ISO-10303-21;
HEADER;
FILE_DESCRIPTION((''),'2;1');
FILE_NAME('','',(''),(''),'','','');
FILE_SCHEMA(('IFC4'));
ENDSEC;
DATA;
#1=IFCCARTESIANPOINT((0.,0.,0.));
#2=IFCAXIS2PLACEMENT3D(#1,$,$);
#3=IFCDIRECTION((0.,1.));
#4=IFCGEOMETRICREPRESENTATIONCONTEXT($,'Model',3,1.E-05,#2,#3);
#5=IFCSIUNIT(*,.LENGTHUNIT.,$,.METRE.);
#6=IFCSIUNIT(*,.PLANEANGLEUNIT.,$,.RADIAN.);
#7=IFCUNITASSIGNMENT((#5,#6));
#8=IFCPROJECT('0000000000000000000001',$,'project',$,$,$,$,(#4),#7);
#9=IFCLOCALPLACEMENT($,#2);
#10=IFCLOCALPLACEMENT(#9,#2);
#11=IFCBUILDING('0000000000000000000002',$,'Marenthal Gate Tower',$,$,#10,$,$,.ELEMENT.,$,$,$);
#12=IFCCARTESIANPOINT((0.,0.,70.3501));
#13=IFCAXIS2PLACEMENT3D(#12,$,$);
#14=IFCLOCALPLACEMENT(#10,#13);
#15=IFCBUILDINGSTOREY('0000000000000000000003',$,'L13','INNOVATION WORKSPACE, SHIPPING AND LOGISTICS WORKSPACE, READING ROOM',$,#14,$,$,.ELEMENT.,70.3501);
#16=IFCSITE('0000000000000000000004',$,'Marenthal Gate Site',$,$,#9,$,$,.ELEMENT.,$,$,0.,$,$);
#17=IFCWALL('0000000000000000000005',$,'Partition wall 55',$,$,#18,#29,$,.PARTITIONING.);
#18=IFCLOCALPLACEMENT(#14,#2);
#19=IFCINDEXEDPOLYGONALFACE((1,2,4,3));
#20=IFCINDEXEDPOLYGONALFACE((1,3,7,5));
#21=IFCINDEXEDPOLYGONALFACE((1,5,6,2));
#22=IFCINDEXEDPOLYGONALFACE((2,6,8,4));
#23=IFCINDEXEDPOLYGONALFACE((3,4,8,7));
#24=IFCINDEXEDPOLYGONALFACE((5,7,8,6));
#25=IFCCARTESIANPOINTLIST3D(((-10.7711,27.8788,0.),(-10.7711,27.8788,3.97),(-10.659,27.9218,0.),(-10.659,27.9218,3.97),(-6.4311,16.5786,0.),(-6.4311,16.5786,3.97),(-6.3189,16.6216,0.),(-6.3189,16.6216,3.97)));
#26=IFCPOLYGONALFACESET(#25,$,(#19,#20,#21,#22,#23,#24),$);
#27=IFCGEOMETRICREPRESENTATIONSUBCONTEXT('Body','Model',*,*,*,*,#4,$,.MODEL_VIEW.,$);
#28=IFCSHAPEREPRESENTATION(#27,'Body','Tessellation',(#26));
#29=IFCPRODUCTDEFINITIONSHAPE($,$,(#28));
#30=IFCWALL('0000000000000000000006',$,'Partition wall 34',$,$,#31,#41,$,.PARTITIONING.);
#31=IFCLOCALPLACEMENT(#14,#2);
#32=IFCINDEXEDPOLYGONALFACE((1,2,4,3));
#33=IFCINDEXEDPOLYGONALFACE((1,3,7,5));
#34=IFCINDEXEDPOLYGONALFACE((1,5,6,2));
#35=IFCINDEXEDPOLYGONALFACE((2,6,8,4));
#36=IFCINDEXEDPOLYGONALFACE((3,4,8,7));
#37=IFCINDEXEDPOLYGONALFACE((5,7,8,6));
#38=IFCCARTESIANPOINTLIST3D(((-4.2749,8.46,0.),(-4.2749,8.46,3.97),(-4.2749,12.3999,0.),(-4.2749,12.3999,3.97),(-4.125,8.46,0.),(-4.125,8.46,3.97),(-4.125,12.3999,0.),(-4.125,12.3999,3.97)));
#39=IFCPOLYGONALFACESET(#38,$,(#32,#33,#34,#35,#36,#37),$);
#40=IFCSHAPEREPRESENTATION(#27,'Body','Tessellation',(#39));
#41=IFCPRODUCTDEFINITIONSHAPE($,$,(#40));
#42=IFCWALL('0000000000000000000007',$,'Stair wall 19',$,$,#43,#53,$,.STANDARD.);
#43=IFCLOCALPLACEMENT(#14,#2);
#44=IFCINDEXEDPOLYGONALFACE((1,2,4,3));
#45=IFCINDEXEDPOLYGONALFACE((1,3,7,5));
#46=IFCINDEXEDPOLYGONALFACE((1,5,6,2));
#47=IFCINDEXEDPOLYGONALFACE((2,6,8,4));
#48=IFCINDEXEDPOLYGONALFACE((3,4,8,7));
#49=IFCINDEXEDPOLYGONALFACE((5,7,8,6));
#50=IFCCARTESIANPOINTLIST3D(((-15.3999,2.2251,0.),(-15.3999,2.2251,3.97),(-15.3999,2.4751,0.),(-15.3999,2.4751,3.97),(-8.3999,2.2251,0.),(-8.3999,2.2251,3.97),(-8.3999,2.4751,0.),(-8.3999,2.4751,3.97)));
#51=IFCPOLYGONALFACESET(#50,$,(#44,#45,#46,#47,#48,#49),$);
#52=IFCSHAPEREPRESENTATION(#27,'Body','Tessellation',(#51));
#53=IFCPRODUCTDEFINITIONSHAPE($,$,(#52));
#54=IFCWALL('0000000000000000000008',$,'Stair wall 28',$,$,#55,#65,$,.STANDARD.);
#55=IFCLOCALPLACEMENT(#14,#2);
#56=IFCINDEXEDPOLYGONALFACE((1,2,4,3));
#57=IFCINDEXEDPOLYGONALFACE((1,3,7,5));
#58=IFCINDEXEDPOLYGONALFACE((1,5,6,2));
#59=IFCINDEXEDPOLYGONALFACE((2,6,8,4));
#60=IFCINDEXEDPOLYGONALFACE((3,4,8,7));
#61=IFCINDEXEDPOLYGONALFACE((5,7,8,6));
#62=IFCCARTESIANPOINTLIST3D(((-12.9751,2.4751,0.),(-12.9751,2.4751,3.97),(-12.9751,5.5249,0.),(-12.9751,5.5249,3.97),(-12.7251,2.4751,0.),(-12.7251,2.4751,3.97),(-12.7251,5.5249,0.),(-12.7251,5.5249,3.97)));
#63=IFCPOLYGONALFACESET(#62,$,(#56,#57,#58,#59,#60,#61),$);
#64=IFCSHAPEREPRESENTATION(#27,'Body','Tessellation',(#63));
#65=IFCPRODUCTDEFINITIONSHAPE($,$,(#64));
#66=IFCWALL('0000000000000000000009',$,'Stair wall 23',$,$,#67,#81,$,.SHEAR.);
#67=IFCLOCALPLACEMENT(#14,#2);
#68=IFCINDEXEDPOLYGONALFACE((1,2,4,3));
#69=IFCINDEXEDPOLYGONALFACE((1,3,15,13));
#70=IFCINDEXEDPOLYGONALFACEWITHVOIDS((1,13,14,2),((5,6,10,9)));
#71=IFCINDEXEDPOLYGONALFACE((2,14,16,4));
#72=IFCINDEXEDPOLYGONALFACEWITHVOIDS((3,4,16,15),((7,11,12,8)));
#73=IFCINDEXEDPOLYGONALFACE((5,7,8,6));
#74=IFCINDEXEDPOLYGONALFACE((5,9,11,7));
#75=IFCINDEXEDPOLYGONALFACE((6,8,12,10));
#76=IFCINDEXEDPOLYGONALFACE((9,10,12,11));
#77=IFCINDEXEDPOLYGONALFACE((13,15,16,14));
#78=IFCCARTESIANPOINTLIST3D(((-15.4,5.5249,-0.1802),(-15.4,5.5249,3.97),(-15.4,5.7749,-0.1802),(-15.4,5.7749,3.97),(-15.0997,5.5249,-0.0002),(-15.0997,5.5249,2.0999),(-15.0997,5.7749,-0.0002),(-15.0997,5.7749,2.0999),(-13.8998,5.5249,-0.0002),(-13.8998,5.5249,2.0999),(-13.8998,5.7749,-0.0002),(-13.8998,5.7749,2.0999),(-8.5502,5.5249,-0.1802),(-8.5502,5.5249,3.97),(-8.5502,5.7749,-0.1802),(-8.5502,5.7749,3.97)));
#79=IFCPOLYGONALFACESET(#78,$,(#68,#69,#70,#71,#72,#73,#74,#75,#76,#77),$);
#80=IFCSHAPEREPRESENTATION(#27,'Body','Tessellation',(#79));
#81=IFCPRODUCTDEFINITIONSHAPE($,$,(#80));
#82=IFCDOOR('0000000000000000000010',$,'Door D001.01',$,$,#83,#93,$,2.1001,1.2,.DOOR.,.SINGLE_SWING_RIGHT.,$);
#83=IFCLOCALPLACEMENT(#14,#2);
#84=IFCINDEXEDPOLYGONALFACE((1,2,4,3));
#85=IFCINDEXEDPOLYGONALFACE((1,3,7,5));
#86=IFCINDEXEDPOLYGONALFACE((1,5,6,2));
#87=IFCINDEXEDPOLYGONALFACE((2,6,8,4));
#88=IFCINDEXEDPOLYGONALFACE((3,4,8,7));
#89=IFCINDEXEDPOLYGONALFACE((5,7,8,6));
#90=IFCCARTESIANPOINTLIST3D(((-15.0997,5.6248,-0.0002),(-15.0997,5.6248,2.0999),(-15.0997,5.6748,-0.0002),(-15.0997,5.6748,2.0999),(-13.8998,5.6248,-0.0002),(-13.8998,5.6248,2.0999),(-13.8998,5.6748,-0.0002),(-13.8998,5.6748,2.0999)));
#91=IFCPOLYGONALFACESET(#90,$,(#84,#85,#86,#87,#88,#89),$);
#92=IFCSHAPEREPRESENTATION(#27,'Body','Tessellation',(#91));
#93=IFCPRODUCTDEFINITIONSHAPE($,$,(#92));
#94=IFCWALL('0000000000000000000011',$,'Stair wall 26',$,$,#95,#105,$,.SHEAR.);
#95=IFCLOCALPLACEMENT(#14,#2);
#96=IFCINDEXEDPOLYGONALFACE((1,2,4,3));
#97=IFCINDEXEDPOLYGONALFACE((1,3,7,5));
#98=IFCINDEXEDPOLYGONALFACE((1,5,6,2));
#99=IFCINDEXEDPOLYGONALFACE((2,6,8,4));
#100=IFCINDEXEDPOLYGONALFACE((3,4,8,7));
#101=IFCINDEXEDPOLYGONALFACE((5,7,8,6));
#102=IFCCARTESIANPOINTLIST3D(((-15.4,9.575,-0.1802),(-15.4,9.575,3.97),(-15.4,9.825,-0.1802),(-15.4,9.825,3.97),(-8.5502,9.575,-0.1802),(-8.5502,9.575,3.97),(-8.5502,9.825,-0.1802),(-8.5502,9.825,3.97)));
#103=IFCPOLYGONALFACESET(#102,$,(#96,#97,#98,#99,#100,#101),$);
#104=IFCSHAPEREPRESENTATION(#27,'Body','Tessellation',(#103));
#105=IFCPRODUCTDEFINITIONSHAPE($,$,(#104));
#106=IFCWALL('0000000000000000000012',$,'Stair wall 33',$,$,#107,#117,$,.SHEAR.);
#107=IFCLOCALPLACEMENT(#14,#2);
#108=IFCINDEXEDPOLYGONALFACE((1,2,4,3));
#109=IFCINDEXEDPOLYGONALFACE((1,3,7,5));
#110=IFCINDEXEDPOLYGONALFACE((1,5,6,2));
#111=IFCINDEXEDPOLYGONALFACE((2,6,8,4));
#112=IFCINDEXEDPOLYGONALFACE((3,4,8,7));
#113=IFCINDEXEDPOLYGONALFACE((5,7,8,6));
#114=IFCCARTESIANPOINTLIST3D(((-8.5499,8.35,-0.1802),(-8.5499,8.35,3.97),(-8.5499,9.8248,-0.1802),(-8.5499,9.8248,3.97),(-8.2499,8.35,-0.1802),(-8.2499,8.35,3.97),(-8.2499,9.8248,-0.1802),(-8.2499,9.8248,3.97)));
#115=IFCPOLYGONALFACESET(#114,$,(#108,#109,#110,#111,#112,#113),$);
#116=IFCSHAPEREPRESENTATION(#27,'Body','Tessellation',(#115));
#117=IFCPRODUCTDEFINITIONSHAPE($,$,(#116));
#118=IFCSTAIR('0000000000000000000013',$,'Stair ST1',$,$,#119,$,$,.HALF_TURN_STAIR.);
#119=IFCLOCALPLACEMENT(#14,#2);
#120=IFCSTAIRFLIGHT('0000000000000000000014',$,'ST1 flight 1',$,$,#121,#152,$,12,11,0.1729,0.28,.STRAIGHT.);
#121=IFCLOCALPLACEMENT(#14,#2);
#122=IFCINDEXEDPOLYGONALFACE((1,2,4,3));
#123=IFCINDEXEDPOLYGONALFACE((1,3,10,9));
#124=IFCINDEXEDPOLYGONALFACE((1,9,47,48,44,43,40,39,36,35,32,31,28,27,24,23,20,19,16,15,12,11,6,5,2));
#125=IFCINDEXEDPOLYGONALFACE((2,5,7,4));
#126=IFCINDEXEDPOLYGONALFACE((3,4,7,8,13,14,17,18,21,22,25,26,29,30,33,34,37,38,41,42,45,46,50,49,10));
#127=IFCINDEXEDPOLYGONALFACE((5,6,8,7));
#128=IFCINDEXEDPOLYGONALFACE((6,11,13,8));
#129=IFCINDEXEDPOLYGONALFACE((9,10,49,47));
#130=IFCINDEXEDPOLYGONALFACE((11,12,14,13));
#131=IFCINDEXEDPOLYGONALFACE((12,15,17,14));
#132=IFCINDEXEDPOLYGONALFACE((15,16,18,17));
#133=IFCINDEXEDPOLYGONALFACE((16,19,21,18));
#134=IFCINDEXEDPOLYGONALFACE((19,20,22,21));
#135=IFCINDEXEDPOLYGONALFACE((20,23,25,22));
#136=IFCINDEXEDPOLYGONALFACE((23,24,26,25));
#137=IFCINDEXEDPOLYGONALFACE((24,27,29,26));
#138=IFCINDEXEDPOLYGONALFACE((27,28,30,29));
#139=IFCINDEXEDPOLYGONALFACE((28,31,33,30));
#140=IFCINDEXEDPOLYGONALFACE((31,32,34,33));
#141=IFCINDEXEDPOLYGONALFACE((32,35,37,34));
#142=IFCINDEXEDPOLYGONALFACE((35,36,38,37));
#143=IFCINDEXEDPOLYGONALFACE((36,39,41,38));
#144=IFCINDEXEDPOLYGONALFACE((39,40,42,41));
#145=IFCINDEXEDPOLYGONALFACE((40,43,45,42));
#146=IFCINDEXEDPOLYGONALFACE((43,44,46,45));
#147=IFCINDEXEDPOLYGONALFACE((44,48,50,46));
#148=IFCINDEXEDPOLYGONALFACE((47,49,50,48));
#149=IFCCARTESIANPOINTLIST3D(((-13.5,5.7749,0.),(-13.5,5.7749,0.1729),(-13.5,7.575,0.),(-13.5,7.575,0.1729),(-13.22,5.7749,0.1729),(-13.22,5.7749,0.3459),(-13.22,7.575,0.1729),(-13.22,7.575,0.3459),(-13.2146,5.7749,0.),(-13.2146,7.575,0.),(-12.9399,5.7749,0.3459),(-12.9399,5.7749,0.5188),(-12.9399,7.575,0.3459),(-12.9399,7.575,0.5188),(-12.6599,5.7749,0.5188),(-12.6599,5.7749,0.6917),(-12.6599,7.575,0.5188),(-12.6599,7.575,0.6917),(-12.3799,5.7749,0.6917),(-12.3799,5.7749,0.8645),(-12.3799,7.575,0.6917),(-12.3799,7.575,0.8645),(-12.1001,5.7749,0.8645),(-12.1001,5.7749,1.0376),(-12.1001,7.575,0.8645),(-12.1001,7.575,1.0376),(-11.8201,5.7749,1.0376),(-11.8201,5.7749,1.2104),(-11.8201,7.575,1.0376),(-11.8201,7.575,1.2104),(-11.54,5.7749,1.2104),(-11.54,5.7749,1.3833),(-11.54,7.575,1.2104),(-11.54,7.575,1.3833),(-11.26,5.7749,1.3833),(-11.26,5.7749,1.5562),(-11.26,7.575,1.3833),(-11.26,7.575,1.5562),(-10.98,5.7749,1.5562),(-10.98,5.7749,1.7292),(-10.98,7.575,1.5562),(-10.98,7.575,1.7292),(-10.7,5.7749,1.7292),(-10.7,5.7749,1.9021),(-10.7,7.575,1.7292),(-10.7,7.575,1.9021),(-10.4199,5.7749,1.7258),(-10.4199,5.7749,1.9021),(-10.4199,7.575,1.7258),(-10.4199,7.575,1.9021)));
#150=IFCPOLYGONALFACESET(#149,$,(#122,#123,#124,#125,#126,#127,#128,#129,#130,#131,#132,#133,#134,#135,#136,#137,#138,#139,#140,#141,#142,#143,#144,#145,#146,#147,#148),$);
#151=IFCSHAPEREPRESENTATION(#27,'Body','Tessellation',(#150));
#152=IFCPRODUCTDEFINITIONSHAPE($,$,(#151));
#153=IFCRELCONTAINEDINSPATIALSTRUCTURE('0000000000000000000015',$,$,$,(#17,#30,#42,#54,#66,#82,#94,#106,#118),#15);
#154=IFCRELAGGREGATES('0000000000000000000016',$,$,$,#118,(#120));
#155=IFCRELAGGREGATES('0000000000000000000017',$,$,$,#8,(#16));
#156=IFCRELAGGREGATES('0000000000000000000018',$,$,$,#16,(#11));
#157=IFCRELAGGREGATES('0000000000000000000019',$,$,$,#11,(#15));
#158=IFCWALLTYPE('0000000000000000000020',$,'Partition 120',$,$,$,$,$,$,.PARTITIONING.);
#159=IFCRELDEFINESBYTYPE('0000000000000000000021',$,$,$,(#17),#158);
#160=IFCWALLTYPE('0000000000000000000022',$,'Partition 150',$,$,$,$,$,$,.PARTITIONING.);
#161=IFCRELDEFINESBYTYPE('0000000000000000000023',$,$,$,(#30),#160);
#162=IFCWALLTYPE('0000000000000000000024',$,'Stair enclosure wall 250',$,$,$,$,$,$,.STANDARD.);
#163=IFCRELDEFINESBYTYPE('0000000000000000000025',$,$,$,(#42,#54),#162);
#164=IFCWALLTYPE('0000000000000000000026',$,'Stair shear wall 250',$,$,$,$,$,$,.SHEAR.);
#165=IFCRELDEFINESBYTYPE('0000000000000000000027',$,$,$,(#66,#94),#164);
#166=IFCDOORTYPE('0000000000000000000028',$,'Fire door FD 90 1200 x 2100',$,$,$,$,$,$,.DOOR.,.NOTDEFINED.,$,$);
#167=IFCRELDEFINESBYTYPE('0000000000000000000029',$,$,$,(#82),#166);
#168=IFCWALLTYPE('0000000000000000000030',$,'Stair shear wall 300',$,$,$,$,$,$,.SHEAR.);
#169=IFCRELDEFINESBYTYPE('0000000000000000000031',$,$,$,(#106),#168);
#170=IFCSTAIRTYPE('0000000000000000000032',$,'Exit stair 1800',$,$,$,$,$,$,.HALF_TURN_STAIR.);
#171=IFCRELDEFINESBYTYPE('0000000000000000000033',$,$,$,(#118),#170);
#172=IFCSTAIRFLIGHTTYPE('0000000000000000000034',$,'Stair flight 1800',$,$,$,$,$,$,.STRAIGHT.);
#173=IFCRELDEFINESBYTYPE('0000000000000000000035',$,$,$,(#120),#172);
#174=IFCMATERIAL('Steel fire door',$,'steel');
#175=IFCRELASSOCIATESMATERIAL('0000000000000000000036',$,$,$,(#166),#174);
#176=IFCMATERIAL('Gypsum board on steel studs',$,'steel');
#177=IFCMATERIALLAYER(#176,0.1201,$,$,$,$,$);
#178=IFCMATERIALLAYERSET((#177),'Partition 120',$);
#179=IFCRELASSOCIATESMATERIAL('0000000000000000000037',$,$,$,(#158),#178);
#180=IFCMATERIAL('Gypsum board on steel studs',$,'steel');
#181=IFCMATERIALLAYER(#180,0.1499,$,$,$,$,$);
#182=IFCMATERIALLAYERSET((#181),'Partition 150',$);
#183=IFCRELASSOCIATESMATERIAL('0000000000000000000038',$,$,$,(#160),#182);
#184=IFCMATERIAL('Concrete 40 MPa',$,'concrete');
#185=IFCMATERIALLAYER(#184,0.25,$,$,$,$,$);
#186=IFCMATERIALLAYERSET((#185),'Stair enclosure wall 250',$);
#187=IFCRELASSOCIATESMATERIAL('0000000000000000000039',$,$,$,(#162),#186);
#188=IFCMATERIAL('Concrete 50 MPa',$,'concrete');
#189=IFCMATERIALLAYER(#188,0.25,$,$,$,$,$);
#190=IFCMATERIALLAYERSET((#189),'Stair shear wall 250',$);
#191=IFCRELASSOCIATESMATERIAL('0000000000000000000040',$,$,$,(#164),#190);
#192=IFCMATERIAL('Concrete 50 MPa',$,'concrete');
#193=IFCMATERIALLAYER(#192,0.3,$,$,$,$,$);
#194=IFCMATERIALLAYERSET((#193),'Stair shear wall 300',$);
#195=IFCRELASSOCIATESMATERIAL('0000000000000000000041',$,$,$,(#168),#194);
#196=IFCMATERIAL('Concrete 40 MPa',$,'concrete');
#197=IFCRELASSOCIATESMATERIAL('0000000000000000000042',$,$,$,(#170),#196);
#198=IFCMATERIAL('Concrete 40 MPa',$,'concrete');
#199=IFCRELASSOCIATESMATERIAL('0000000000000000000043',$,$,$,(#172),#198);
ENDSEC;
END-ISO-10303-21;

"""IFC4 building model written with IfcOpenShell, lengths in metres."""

from ifc_helpers import new_model, si_unit, direction, frame, frame_2d, origin, place, context, subcontext, project, spatial, polyline, rectangle, outline, extrude, material, layer, layer_set, type_object, element, fill, aggregate, save


model = new_model("IFC4")

# Units and contexts
model_context = context("Model", 3, precision=1e-05, world=origin(), true_north=direction((0.0, 1.0)))
body_context = subcontext(model_context, "Body", "Model", "MODEL_VIEW")
ifc_project = project(units=[si_unit("LENGTHUNIT", "METRE"), si_unit("PLANEANGLEUNIT", "RADIAN")], contexts=[model_context])

# Site, building, storey
site_placement = place(None, origin())
site = spatial("IfcSite", under=ifc_project, at=site_placement, Name="Marenthal Gate Site", CompositionType="ELEMENT", RefElevation=0.0)
building_placement = place(site_placement, origin())
building = spatial("IfcBuilding", under=site, at=building_placement, Name="Marenthal Gate Tower", CompositionType="ELEMENT")
storey_placement = place(building_placement, frame((0.0, 0.0, 70.3501)))
storey = spatial("IfcBuildingStorey", under=building, at=storey_placement, Name="L13", Description="INNOVATION WORKSPACE, SHIPPING AND LOGISTICS WORKSPACE, READING ROOM", CompositionType="ELEMENT", Elevation=70.3501)

# Shared definitions
ifc_material_1 = material(Name="Steel fire door", Category="steel")
door_type_1 = type_object("IfcDoorType", Name="Fire door FD 90 1200 x 2100", OperationType="NOTDEFINED", PredefinedType="DOOR", material=ifc_material_1)

# Walls
ifc_material_2 = material(Name="Gypsum board on steel studs", Category="steel")
ifc_layer_1 = layer(ifc_material_2, 0.1201)
ifc_layer_set_1 = layer_set([ifc_layer_1], Name="Partition 120")
wall_type_1 = type_object("IfcWallType", Name="Partition 120", PredefinedType="PARTITIONING", material=ifc_layer_set_1)
wall_1_placement = place(storey_placement, frame((-6.375, 16.6001, 0.0), z_axis=(0.0, 0.0, 1.0), x_axis=(-0.358534, 0.933517, 0.0)))
element("IfcWall", 1, at=wall_1_placement, inside=storey, type_object=wall_type_1, Name="Partition wall 55", PredefinedType="PARTITIONING", context=body_context, shape_type="SweptSolid", body=[
    extrude(rectangle(XDim=12.105, YDim=0.1201, at=frame_2d((6.0525, 0.0))), origin(), (0.0, 0.0, 1.0), 3.97),
])
ifc_material_3 = material(Name="Gypsum board on steel studs", Category="steel")
ifc_layer_2 = layer(ifc_material_3, 0.1499)
ifc_layer_set_2 = layer_set([ifc_layer_2], Name="Partition 150")
wall_type_2 = type_object("IfcWallType", Name="Partition 150", PredefinedType="PARTITIONING", material=ifc_layer_set_2)
wall_2_placement = place(storey_placement, frame((-4.2, 8.46, 0.0), z_axis=(0.0, 0.0, 1.0), x_axis=(0.0, 1.0, 0.0)))
element("IfcWall", 2, at=wall_2_placement, inside=storey, type_object=wall_type_2, Name="Partition wall 34", PredefinedType="PARTITIONING", context=body_context, shape_type="SweptSolid", body=[
    extrude(rectangle(XDim=3.9399, YDim=0.1499, at=frame_2d((1.97, 0.0))), origin(), (0.0, 0.0, 1.0), 3.97),
])
ifc_material_4 = material(Name="Concrete 40 MPa", Category="concrete")
ifc_layer_3 = layer(ifc_material_4, 0.25)
ifc_layer_set_3 = layer_set([ifc_layer_3], Name="Stair enclosure wall 250")
wall_type_3 = type_object("IfcWallType", Name="Stair enclosure wall 250", PredefinedType="STANDARD", material=ifc_layer_set_3)
wall_3_placement = place(storey_placement, frame((-15.3999, 2.3501, 0.0), z_axis=(0.0, 0.0, 1.0), x_axis=(1.0, 0.0, 0.0)))
element("IfcWall", 3, at=wall_3_placement, inside=storey, type_object=wall_type_3, Name="Stair wall 19", PredefinedType="STANDARD", context=body_context, shape_type="SweptSolid", body=[
    extrude(rectangle(XDim=7.0, YDim=0.25, at=frame_2d((3.5, 0.0))), origin(), (0.0, 0.0, 1.0), 3.97),
])
wall_4_placement = place(storey_placement, frame((-12.8501, 2.4751, 0.0), z_axis=(0.0, 0.0, 1.0), x_axis=(0.0, 1.0, 0.0)))
element("IfcWall", 4, at=wall_4_placement, inside=storey, type_object=wall_type_3, Name="Stair wall 28", PredefinedType="STANDARD", context=body_context, shape_type="SweptSolid", body=[
    extrude(rectangle(XDim=3.0498, YDim=0.25, at=frame_2d((1.5249, 0.0))), origin(), (0.0, 0.0, 1.0), 3.97),
])

# Wall, opening, door
ifc_material_5 = material(Name="Concrete 50 MPa", Category="concrete")
ifc_layer_4 = layer(ifc_material_5, 0.25)
ifc_layer_set_4 = layer_set([ifc_layer_4], Name="Stair shear wall 250")
wall_type_4 = type_object("IfcWallType", Name="Stair shear wall 250", PredefinedType="SHEAR", material=ifc_layer_set_4)
wall_5_placement = place(storey_placement, frame((-15.3999, 5.6499, -0.1802), z_axis=(0.0, 0.0, 1.0), x_axis=(1.0, 0.0, 0.0)))
wall_5 = element("IfcWall", 5, at=wall_5_placement, inside=storey, type_object=wall_type_4, Name="Stair wall 23", PredefinedType="SHEAR", context=body_context, shape_type="SweptSolid", body=[
    extrude(rectangle(XDim=6.8499, YDim=0.25, at=frame_2d((3.4248, 0.0))), origin(), (0.0, 0.0, 1.0), 4.1501),
])
opening_1_placement = place(wall_5_placement, frame((0.3, 0.0, 0.1799)))
opening_1 = element("IfcOpeningElement", 6, at=opening_1_placement, cuts=wall_5, PredefinedType="OPENING", context=body_context, shape_type="SweptSolid", body=[
    extrude(rectangle(XDim=1.2, YDim=2.1001, at=frame_2d((0.6001, 1.05))), frame((0.0, 0.135, 0.0), z_axis=(0.0, -1.0, 0.0), x_axis=(1.0, 0.0, 0.0)), (0.0, 0.0, 1.0), 0.27),
])
door_1_placement = place(opening_1_placement, origin())
door_1 = element("IfcDoor", 7, at=door_1_placement, inside=storey, type_object=door_type_1, Name="Door D001.01", OperationType="SINGLE_SWING_RIGHT", OverallHeight=2.1001, OverallWidth=1.2, PredefinedType="DOOR", context=body_context, shape_type="SweptSolid", body=[
    extrude(rectangle(XDim=1.2, YDim=2.1001, at=frame_2d((0.6001, 1.05))), frame((0.0, 0.0249, 0.0), z_axis=(0.0, -1.0, 0.0), x_axis=(1.0, 0.0, 0.0)), (0.0, 0.0, 1.0), 0.05),
])
fill(opening_1, door_1)

# Walls
wall_6_placement = place(storey_placement, frame((-15.3999, 9.7, -0.1802), z_axis=(0.0, 0.0, 1.0), x_axis=(1.0, 0.0, 0.0)))
element("IfcWall", 8, at=wall_6_placement, inside=storey, type_object=wall_type_4, Name="Stair wall 26", PredefinedType="SHEAR", context=body_context, shape_type="SweptSolid", body=[
    extrude(rectangle(XDim=6.8499, YDim=0.25, at=frame_2d((3.4248, 0.0))), origin(), (0.0, 0.0, 1.0), 4.1501),
])
ifc_material_6 = material(Name="Concrete 50 MPa", Category="concrete")
ifc_layer_5 = layer(ifc_material_6, 0.3)
ifc_layer_set_5 = layer_set([ifc_layer_5], Name="Stair shear wall 300")
wall_type_5 = type_object("IfcWallType", Name="Stair shear wall 300", PredefinedType="SHEAR", material=ifc_layer_set_5)
wall_7_placement = place(storey_placement, frame((-8.3999, 8.3501, -0.1802), z_axis=(0.0, 0.0, 1.0), x_axis=(0.0, 1.0, 0.0)))
element("IfcWall", 9, at=wall_7_placement, inside=storey, type_object=wall_type_5, Name="Stair wall 33", PredefinedType="SHEAR", context=body_context, shape_type="SweptSolid", body=[
    extrude(rectangle(XDim=1.4749, YDim=0.3, at=frame_2d((0.7373, 0.0))), origin(), (0.0, 0.0, 1.0), 4.1501),
])

# Stair, stair flight
ifc_material_7 = material(Name="Concrete 40 MPa", Category="concrete")
stair_type = type_object("IfcStairType", Name="Exit stair 1800", PredefinedType="HALF_TURN_STAIR", material=ifc_material_7)
stair_placement = place(storey_placement, origin())
stair = element("IfcStair", 10, at=stair_placement, inside=storey, type_object=stair_type, Name="Stair ST1", PredefinedType="HALF_TURN_STAIR")
ifc_material_8 = material(Name="Concrete 40 MPa", Category="concrete")
stair_flight_type = type_object("IfcStairFlightType", Name="Stair flight 1800", PredefinedType="STRAIGHT", material=ifc_material_8)
stair_flight_1_placement = place(storey_placement, frame((-13.5, 6.675, 0.0), z_axis=(0.0, 0.0, 1.0), x_axis=(1.0, 0.0, 0.0)))
stair_flight_1 = element("IfcStairFlight", 11, at=stair_flight_1_placement, type_object=stair_flight_type, Name="ST1 flight 1", NumberOfRisers=12, NumberOfTreads=11, PredefinedType="STRAIGHT", RiserHeight=0.1729, TreadLength=0.28, context=body_context, shape_type="SweptSolid", body=[
    extrude(outline(polyline([(0.0, 0.0), (0.0, 0.1729), (0.28, 0.1729), (0.28, 0.3459), (0.5601, 0.3459), (0.5601, 0.5188), (0.8401, 0.5188), (0.8401, 0.6917), (1.1201, 0.6917), (1.1201, 0.8645), (1.3999, 0.8645), (1.3999, 1.0376), (1.6799, 1.0376), (1.6799, 1.2104), (1.96, 1.2104), (1.96, 1.3833), (2.24, 1.3833), (2.24, 1.5562), (2.52, 1.5562), (2.52, 1.7292), (2.8, 1.7292), (2.8, 1.9021), (3.0801, 1.9021), (3.0801, 2.075), (3.0801, 1.7258), (0.2854, 0.0), (0.0, 0.0)])), frame((0.0, 0.8999, 0.0), z_axis=(0.0, -1.0, 0.0), x_axis=(1.0, 0.0, 0.0)), (0.0, 0.0, 1.0), 1.8),
])
aggregate(stair, [stair_flight_1])

save(model, "model.ifc")
